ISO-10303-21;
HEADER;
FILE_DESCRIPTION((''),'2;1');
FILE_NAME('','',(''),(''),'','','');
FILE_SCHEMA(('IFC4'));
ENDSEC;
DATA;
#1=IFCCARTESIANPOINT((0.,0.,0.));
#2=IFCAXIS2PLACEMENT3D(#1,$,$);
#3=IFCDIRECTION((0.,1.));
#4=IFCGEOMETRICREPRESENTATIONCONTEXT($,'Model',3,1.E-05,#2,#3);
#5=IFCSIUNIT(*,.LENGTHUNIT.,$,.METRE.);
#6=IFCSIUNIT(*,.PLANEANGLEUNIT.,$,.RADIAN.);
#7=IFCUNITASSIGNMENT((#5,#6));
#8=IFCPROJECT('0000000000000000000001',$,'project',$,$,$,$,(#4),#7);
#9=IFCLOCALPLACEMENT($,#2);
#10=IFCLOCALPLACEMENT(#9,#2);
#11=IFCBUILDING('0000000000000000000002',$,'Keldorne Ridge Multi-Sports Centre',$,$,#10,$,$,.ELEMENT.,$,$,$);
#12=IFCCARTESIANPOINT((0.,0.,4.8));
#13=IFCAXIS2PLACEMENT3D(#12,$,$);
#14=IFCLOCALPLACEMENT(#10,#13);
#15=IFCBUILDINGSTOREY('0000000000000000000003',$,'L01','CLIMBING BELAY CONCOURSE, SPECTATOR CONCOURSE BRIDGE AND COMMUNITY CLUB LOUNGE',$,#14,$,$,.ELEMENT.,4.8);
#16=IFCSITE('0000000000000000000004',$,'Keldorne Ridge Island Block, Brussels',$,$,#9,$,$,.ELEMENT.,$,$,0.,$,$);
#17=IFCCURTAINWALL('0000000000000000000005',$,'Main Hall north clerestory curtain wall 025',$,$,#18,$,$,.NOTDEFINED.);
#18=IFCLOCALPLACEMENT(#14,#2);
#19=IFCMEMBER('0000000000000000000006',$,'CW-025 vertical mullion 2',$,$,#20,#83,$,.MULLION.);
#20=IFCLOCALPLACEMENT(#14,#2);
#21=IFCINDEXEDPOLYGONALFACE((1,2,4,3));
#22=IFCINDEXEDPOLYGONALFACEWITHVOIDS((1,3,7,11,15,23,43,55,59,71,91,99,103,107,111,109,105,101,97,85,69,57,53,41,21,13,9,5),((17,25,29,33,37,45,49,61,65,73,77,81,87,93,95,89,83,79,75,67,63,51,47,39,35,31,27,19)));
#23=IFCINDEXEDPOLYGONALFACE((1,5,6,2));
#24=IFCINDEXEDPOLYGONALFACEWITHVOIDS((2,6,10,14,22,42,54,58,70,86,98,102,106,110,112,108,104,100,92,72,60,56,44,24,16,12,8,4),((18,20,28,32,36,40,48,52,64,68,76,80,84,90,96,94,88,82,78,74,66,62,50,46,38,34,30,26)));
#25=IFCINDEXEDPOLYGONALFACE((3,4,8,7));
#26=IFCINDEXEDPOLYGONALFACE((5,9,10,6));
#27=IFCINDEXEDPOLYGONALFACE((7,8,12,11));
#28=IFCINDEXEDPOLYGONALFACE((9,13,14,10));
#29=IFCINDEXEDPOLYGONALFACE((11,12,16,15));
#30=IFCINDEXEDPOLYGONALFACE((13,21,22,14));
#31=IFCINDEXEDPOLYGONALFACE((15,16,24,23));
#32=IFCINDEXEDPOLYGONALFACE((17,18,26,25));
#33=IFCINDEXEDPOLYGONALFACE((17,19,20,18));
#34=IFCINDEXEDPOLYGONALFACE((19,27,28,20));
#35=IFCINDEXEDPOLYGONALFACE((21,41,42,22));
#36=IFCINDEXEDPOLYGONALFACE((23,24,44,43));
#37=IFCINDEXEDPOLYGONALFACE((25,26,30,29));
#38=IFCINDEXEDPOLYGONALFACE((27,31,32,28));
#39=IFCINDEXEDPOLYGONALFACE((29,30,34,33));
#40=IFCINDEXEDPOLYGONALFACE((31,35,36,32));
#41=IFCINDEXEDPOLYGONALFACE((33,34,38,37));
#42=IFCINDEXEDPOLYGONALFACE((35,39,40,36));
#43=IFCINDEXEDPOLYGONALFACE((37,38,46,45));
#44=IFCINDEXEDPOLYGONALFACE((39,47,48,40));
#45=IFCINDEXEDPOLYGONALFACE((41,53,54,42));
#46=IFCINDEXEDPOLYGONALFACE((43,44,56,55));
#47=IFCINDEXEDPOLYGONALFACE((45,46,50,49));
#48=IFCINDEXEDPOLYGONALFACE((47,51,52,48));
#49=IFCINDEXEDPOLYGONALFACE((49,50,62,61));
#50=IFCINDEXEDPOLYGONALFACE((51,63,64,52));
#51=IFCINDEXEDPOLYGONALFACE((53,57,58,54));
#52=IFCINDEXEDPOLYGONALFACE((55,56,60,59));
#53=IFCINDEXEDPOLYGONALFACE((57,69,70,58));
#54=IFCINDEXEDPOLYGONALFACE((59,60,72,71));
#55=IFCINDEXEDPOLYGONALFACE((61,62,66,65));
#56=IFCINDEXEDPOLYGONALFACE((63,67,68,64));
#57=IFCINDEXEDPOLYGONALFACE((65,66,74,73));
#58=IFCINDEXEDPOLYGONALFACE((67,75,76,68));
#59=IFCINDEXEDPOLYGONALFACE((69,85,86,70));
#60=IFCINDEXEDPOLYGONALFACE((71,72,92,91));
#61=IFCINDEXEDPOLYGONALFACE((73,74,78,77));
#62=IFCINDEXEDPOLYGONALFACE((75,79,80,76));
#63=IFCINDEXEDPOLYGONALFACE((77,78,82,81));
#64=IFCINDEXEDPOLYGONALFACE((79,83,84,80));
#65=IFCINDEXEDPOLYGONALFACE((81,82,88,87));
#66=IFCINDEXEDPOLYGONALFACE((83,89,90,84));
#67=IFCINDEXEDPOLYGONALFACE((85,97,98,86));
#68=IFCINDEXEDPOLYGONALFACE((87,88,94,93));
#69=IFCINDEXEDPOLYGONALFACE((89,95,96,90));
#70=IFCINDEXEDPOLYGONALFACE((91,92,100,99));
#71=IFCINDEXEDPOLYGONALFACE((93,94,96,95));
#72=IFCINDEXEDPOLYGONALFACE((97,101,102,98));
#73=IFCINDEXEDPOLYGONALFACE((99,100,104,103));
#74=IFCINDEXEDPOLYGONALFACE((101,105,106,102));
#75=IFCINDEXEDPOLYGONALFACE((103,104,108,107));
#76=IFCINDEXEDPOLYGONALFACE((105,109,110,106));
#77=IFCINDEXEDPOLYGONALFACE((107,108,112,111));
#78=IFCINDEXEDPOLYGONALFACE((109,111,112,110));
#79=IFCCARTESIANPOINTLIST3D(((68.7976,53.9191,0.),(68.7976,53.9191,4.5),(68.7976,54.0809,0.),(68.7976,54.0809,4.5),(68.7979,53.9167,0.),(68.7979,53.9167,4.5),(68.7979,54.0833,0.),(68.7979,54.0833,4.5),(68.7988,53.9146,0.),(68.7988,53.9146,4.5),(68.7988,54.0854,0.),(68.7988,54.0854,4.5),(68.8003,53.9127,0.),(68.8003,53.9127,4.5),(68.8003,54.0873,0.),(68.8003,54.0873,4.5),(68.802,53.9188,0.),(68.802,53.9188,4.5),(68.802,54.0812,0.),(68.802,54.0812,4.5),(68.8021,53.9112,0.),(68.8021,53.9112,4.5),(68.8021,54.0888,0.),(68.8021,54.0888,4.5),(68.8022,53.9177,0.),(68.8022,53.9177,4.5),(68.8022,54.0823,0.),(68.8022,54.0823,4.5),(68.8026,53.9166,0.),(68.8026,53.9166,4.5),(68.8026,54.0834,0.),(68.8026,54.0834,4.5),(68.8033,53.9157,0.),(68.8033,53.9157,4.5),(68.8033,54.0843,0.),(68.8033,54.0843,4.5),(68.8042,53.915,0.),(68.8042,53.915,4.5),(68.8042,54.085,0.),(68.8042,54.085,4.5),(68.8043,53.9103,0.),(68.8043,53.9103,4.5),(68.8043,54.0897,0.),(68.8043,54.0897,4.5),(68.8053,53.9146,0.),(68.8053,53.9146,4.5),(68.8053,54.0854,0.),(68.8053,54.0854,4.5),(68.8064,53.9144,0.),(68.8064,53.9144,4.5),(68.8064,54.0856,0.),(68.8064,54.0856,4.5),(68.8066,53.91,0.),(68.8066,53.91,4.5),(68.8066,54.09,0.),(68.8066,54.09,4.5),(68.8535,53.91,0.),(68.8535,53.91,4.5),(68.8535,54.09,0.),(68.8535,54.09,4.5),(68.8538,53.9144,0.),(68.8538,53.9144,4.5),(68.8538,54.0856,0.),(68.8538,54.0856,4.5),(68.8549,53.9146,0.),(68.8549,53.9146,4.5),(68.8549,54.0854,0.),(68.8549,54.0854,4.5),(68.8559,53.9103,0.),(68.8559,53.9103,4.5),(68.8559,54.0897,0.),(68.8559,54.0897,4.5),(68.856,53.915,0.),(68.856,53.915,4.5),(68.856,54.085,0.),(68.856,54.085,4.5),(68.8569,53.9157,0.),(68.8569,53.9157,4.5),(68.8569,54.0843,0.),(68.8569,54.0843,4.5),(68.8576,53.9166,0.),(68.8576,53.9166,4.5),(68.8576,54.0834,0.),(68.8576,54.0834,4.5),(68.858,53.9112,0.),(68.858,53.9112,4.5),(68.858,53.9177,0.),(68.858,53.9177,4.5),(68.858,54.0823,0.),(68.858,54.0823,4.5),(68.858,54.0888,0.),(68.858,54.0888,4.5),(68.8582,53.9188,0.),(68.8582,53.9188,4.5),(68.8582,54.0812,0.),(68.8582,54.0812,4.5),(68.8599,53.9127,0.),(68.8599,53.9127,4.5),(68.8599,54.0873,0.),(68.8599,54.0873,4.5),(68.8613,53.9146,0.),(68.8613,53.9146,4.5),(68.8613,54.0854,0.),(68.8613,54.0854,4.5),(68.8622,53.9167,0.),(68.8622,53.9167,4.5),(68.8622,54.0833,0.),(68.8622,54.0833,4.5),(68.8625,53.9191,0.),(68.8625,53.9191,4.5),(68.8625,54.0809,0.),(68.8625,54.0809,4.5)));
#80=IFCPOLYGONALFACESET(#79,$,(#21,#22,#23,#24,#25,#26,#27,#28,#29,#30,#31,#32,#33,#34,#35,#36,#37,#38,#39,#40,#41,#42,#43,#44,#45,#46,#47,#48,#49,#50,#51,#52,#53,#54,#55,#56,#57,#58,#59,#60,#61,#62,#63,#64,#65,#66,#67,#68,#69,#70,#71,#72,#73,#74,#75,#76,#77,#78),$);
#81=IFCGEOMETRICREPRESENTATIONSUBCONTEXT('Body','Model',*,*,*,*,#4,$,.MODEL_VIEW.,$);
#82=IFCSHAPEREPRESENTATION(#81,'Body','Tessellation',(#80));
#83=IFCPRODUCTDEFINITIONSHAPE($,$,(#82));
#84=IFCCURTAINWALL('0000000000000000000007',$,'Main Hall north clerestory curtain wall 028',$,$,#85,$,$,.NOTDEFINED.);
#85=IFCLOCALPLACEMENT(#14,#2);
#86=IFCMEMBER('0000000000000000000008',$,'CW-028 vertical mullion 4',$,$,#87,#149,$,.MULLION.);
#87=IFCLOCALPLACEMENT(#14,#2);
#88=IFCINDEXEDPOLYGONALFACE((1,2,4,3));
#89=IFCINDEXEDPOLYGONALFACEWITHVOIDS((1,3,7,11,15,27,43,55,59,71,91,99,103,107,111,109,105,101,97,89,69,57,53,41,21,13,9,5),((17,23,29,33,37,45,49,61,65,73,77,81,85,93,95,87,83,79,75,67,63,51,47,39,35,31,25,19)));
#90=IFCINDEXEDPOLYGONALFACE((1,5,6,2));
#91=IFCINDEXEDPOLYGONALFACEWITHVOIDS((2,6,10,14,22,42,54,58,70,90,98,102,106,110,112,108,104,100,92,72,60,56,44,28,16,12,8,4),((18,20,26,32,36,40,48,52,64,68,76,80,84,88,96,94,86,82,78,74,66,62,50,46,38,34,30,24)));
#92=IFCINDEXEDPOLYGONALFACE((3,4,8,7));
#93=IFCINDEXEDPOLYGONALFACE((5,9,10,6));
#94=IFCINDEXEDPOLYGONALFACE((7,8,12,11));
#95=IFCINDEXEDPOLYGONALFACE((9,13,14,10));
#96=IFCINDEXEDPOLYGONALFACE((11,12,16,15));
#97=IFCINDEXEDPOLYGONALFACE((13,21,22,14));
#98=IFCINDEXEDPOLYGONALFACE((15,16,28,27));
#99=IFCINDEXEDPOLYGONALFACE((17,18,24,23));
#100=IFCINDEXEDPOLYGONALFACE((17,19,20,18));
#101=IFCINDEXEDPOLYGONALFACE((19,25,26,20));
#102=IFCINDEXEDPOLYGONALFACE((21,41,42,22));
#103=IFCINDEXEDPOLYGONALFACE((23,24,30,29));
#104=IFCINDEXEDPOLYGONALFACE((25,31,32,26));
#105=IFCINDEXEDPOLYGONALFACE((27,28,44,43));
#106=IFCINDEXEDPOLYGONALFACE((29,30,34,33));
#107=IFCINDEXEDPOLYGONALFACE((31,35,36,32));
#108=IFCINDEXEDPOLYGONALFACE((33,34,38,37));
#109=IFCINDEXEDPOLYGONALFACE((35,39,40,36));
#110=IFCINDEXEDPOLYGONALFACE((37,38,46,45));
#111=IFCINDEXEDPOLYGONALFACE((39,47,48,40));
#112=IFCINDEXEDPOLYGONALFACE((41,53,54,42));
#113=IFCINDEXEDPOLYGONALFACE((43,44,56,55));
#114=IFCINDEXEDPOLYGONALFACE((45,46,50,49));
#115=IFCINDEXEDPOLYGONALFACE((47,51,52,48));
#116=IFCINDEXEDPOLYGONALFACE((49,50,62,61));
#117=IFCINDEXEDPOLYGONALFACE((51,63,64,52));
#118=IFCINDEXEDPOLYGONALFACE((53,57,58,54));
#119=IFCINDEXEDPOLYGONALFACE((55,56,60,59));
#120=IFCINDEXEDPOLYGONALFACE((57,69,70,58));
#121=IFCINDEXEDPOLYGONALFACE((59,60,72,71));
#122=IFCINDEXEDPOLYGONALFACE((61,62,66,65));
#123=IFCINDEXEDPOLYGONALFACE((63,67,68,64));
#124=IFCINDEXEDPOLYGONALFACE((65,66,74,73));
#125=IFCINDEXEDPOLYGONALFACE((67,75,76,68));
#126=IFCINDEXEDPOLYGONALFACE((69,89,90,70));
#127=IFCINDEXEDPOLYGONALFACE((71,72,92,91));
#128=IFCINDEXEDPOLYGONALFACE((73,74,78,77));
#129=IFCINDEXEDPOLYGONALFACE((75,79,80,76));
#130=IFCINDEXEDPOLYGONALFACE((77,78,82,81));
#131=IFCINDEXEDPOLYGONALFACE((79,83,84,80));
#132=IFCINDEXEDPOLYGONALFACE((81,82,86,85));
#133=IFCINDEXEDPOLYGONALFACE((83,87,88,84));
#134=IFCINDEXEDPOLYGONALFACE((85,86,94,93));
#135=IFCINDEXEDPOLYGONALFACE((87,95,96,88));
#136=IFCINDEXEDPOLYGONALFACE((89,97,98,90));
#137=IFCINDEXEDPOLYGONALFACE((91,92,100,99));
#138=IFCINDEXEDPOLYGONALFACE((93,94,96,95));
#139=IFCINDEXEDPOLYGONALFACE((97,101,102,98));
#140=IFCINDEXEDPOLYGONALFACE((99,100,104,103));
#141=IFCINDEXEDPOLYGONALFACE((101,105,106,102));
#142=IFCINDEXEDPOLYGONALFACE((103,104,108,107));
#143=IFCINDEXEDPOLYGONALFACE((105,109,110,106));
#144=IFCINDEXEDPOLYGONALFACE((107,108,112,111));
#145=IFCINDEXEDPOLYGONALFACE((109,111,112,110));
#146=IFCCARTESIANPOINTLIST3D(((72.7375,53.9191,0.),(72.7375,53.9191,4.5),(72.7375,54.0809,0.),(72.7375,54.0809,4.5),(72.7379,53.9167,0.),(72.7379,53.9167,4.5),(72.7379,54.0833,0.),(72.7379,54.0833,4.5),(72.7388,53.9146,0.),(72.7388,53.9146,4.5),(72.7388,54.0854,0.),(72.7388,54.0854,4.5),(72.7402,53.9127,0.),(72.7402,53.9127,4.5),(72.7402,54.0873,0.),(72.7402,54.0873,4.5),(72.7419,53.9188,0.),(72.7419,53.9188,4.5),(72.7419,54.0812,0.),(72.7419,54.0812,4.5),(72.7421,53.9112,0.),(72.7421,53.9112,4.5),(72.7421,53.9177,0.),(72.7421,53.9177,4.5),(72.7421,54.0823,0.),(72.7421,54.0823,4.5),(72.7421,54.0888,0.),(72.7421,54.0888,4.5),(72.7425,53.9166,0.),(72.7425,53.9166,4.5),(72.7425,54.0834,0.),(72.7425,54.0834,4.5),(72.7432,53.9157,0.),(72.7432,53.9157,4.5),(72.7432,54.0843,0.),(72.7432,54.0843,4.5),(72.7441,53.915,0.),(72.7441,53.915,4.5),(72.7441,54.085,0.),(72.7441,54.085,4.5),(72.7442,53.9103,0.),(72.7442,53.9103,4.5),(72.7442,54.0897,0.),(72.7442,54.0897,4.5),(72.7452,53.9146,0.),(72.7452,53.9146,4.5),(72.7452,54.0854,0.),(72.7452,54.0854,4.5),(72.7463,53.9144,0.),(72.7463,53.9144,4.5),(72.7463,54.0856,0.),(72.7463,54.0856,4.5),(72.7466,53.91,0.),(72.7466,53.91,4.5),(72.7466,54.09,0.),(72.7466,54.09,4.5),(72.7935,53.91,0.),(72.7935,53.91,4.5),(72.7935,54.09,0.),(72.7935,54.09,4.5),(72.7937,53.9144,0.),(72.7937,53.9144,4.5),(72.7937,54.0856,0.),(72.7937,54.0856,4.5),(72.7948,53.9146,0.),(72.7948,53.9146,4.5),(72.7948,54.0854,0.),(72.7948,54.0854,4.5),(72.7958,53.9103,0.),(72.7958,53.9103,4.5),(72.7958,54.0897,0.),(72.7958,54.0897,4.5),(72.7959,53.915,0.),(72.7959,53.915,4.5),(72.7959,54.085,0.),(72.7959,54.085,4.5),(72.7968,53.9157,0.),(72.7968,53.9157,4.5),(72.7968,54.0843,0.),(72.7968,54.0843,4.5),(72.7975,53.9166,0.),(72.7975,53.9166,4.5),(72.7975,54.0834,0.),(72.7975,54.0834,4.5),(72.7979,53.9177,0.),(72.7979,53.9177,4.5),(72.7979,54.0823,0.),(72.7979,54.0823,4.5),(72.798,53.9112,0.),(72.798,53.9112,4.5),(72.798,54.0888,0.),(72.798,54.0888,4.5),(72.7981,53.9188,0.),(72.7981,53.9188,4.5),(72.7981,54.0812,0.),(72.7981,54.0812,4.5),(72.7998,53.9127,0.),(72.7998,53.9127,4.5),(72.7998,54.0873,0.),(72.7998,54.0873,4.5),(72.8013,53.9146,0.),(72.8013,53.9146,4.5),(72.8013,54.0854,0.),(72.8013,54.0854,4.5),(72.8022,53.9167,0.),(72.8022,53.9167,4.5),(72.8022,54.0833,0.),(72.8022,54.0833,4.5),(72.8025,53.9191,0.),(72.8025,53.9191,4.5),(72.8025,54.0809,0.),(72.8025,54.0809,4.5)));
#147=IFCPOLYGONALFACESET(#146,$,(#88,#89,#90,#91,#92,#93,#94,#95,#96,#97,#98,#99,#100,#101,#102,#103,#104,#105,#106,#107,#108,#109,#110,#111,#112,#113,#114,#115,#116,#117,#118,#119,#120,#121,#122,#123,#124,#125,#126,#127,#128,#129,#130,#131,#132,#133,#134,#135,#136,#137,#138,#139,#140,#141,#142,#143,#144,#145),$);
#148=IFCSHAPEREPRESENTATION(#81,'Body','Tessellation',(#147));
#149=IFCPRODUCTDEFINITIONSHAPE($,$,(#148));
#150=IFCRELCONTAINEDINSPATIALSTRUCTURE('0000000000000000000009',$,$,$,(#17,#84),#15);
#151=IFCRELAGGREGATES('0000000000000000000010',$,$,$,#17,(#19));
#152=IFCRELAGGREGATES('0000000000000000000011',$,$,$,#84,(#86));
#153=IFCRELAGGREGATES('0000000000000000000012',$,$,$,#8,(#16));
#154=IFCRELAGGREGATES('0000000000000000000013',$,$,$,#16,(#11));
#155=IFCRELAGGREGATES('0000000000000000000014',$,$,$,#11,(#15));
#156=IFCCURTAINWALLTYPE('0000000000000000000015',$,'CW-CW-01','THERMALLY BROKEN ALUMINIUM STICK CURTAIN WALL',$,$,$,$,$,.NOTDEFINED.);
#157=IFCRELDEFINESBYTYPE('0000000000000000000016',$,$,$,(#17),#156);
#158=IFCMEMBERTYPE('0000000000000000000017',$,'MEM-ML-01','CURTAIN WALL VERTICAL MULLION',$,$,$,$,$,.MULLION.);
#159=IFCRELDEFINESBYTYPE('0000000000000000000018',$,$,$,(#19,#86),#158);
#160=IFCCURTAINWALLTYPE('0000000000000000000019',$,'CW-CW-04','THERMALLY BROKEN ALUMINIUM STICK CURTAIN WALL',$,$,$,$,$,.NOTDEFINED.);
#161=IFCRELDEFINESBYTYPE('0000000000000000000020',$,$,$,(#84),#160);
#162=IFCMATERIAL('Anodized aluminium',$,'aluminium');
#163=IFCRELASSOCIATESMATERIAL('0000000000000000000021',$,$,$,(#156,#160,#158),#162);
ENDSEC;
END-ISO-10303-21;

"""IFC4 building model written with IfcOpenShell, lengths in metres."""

from ifc_helpers import new_model, si_unit, direction, frame, origin, origin_2d, place, context, subcontext, project, spatial, hollow_rectangle, extrude, material, material_profile, profile_set, type_object, element, aggregate, save


model = new_model("IFC4")

# Units and contexts
model_context = context("Model", 3, precision=1e-05, world=origin(), true_north=direction((0.0, 1.0)))
body_context = subcontext(model_context, "Body", "Model", "MODEL_VIEW")
ifc_project = project(units=[si_unit("LENGTHUNIT", "METRE"), si_unit("PLANEANGLEUNIT", "RADIAN")], contexts=[model_context])

# Site, building, storey
site_placement = place(None, origin())
site = spatial("IfcSite", under=ifc_project, at=site_placement, Name="Keldorne Ridge Island Block, Brussels", CompositionType="ELEMENT", RefElevation=0.0)
building_placement = place(site_placement, origin())
building = spatial("IfcBuilding", under=site, at=building_placement, Name="Keldorne Ridge Multi-Sports Centre", CompositionType="ELEMENT")
storey_placement = place(building_placement, frame((0.0, 0.0, 4.8)))
storey = spatial("IfcBuildingStorey", under=building, at=storey_placement, Name="L01", Description="CLIMBING BELAY CONCOURSE, SPECTATOR CONCOURSE BRIDGE AND COMMUNITY CLUB LOUNGE", CompositionType="ELEMENT", Elevation=4.8)

# Curtain walls, members
ifc_material_1 = material(Name="Anodized aluminium", Category="aluminium")
curtain_wall_type_1 = type_object("IfcCurtainWallType", Name="CW-CW-01", Description="THERMALLY BROKEN ALUMINIUM STICK CURTAIN WALL", PredefinedType="NOTDEFINED", material=ifc_material_1)
curtain_wall_1_placement = place(storey_placement, origin())
curtain_wall_1 = element("IfcCurtainWall", 1, at=curtain_wall_1_placement, inside=storey, type_object=curtain_wall_type_1, Name="Main Hall north clerestory curtain wall 025", PredefinedType="NOTDEFINED")
ifc_material_profile_1 = material_profile(ifc_material_1, hollow_rectangle(XDim=0.0649, YDim=0.1799, WallThickness=0.0044, InnerFilletRadius=0.0044, OuterFilletRadius=0.009, at=origin_2d()), Name="ALU MULLION 180x65x4.5")
ifc_profile_set_1 = profile_set([ifc_material_profile_1], Name="Anodized aluminium")
member_type_1 = type_object("IfcMemberType", Name="MEM-ML-01", Description="CURTAIN WALL VERTICAL MULLION", PredefinedType="MULLION", material=ifc_profile_set_1)
member_1_placement = place(storey_placement, frame((68.8301, 54.0, 0.0), z_axis=(0.0, 0.0, 1.0), x_axis=(1.0, 0.0, 0.0)))
member_1 = element("IfcMember", 2, at=member_1_placement, type_object=member_type_1, Name="CW-025 vertical mullion 2", PredefinedType="MULLION", context=body_context, shape_type="SweptSolid", body=[
    extrude(hollow_rectangle(XDim=0.0649, YDim=0.1799, WallThickness=0.0044, InnerFilletRadius=0.0044, OuterFilletRadius=0.009, at=origin_2d()), origin(), (0.0, 0.0, 1.0), 4.5),
])
curtain_wall_type_2 = type_object("IfcCurtainWallType", Name="CW-CW-04", Description="THERMALLY BROKEN ALUMINIUM STICK CURTAIN WALL", PredefinedType="NOTDEFINED", material=ifc_material_1)
curtain_wall_2_placement = place(storey_placement, origin())
curtain_wall_2 = element("IfcCurtainWall", 3, at=curtain_wall_2_placement, inside=storey, type_object=curtain_wall_type_2, Name="Main Hall north clerestory curtain wall 028", PredefinedType="NOTDEFINED")
member_2_placement = place(storey_placement, frame((72.77, 54.0, 0.0), z_axis=(0.0, 0.0, 1.0), x_axis=(1.0, 0.0, 0.0)))
member_2 = element("IfcMember", 4, at=member_2_placement, type_object=member_type_1, Name="CW-028 vertical mullion 4", PredefinedType="MULLION", context=body_context, shape_type="SweptSolid", body=[
    extrude(hollow_rectangle(XDim=0.0649, YDim=0.1799, WallThickness=0.0044, InnerFilletRadius=0.0044, OuterFilletRadius=0.009, at=origin_2d()), origin(), (0.0, 0.0, 1.0), 4.5),
])

aggregate(curtain_wall_1, [member_1])
aggregate(curtain_wall_2, [member_2])

save(model, "model.ifc")
